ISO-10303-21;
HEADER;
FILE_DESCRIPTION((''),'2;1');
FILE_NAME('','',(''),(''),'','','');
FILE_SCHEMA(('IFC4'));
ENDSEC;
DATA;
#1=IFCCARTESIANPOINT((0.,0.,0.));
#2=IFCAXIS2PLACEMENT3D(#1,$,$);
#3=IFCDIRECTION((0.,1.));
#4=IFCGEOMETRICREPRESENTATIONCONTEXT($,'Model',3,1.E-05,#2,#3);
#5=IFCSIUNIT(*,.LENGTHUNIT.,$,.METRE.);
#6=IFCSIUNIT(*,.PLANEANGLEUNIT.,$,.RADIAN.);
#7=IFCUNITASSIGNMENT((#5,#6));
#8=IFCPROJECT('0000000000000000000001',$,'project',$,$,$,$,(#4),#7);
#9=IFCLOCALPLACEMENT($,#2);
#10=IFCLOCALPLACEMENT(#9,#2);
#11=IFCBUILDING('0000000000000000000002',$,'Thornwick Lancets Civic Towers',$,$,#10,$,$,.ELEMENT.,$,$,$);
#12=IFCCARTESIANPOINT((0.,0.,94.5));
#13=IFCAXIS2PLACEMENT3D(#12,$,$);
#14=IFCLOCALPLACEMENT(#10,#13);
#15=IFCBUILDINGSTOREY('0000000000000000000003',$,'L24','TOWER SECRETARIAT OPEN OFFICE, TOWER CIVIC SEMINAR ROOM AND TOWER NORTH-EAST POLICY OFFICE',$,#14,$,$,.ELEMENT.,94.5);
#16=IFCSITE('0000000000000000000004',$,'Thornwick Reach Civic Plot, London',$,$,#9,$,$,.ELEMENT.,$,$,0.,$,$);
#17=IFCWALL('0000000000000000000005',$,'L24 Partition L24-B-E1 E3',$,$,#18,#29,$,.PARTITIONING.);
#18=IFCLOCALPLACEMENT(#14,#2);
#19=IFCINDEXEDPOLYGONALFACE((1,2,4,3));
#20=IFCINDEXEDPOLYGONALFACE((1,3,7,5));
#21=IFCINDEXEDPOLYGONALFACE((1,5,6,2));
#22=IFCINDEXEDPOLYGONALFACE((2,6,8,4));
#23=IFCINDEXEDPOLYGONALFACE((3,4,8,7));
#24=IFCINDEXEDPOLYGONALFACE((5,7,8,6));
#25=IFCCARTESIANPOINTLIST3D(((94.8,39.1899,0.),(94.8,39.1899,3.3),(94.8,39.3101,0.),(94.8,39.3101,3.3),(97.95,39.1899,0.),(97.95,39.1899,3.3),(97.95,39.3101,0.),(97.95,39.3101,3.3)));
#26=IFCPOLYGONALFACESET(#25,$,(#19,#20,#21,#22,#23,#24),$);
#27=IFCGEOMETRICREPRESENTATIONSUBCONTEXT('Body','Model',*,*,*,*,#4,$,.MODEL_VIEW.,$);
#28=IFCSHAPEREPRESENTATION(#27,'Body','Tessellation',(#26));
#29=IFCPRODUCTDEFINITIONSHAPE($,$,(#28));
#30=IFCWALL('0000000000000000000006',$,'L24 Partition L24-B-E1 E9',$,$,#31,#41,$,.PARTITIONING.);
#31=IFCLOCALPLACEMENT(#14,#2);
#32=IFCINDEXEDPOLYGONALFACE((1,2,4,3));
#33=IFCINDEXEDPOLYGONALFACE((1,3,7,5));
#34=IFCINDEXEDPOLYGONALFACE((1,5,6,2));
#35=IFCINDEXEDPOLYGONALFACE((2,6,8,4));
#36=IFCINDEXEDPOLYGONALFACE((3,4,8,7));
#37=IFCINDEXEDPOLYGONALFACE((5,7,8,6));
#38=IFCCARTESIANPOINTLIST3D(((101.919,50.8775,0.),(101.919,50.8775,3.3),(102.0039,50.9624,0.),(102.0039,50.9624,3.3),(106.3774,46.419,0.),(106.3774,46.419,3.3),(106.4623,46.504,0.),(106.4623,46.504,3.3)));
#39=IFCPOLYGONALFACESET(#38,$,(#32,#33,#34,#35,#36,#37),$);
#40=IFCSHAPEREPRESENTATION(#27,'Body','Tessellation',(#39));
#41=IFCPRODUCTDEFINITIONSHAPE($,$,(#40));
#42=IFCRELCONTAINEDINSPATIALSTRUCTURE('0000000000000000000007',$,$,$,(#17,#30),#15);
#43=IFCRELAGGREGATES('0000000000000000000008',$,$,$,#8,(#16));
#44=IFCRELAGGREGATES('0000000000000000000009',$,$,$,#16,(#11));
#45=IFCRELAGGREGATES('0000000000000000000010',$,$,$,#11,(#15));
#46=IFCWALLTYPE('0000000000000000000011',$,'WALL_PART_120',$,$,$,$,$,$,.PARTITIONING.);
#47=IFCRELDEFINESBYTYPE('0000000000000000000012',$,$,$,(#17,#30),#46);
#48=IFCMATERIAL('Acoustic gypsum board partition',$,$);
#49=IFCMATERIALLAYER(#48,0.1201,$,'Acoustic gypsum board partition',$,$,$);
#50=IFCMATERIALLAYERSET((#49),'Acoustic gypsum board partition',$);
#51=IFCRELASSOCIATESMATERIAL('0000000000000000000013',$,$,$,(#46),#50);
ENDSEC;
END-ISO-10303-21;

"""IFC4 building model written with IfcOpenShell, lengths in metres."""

from ifc_helpers import new_model, si_unit, direction, frame, frame_2d, origin, place, context, subcontext, project, spatial, rectangle, extrude, material, layer, layer_set, type_object, element, save


model = new_model("IFC4")

# Units and contexts
model_context = context("Model", 3, precision=1e-05, world=origin(), true_north=direction((0.0, 1.0)))
body_context = subcontext(model_context, "Body", "Model", "MODEL_VIEW")
ifc_project = project(units=[si_unit("LENGTHUNIT", "METRE"), si_unit("PLANEANGLEUNIT", "RADIAN")], contexts=[model_context])

# Site, building, storey
site_placement = place(None, origin())
site = spatial("IfcSite", under=ifc_project, at=site_placement, Name="Thornwick Reach Civic Plot, London", CompositionType="ELEMENT", RefElevation=0.0)
building_placement = place(site_placement, origin())
building = spatial("IfcBuilding", under=site, at=building_placement, Name="Thornwick Lancets Civic Towers", CompositionType="ELEMENT")
storey_placement = place(building_placement, frame((0.0, 0.0, 94.5)))
storey = spatial("IfcBuildingStorey", under=building, at=storey_placement, Name="L24", Description="TOWER SECRETARIAT OPEN OFFICE, TOWER CIVIC SEMINAR ROOM AND TOWER NORTH-EAST POLICY OFFICE", CompositionType="ELEMENT", Elevation=94.5)

# Walls
ifc_material_1 = material(Name="Acoustic gypsum board partition")
ifc_layer_1 = layer(ifc_material_1, 0.1201, Name="Acoustic gypsum board partition")
ifc_layer_set_1 = layer_set([ifc_layer_1], Name="Acoustic gypsum board partition")
wall_type_1 = type_object("IfcWallType", Name="WALL_PART_120", PredefinedType="PARTITIONING", material=ifc_layer_set_1)
wall_1_placement = place(storey_placement, frame((97.95, 39.25, 0.0), z_axis=(0.0, 0.0, 1.0), x_axis=(-1.0, 0.0, 0.0)))
element("IfcWall", 1, at=wall_1_placement, inside=storey, type_object=wall_type_1, Name="L24 Partition L24-B-E1 E3", PredefinedType="PARTITIONING", context=body_context, shape_type="SweptSolid", body=[
    extrude(rectangle(XDim=3.1499, YDim=0.1201, at=frame_2d((1.575, 0.0))), origin(), (0.0, 0.0, 1.0), 3.3),
])
wall_2_placement = place(storey_placement, frame((101.9614, 50.9199, 0.0), z_axis=(0.0, 0.0, 1.0), x_axis=(0.707107, -0.707107, 0.0)))
element("IfcWall", 2, at=wall_2_placement, inside=storey, type_object=wall_type_1, Name="L24 Partition L24-B-E1 E9", PredefinedType="PARTITIONING", context=body_context, shape_type="SweptSolid", body=[
    extrude(rectangle(XDim=6.3052, YDim=0.1201, at=frame_2d((3.1526, 0.0))), origin(), (0.0, 0.0, 1.0), 3.3),
])

save(model, "model.ifc")
